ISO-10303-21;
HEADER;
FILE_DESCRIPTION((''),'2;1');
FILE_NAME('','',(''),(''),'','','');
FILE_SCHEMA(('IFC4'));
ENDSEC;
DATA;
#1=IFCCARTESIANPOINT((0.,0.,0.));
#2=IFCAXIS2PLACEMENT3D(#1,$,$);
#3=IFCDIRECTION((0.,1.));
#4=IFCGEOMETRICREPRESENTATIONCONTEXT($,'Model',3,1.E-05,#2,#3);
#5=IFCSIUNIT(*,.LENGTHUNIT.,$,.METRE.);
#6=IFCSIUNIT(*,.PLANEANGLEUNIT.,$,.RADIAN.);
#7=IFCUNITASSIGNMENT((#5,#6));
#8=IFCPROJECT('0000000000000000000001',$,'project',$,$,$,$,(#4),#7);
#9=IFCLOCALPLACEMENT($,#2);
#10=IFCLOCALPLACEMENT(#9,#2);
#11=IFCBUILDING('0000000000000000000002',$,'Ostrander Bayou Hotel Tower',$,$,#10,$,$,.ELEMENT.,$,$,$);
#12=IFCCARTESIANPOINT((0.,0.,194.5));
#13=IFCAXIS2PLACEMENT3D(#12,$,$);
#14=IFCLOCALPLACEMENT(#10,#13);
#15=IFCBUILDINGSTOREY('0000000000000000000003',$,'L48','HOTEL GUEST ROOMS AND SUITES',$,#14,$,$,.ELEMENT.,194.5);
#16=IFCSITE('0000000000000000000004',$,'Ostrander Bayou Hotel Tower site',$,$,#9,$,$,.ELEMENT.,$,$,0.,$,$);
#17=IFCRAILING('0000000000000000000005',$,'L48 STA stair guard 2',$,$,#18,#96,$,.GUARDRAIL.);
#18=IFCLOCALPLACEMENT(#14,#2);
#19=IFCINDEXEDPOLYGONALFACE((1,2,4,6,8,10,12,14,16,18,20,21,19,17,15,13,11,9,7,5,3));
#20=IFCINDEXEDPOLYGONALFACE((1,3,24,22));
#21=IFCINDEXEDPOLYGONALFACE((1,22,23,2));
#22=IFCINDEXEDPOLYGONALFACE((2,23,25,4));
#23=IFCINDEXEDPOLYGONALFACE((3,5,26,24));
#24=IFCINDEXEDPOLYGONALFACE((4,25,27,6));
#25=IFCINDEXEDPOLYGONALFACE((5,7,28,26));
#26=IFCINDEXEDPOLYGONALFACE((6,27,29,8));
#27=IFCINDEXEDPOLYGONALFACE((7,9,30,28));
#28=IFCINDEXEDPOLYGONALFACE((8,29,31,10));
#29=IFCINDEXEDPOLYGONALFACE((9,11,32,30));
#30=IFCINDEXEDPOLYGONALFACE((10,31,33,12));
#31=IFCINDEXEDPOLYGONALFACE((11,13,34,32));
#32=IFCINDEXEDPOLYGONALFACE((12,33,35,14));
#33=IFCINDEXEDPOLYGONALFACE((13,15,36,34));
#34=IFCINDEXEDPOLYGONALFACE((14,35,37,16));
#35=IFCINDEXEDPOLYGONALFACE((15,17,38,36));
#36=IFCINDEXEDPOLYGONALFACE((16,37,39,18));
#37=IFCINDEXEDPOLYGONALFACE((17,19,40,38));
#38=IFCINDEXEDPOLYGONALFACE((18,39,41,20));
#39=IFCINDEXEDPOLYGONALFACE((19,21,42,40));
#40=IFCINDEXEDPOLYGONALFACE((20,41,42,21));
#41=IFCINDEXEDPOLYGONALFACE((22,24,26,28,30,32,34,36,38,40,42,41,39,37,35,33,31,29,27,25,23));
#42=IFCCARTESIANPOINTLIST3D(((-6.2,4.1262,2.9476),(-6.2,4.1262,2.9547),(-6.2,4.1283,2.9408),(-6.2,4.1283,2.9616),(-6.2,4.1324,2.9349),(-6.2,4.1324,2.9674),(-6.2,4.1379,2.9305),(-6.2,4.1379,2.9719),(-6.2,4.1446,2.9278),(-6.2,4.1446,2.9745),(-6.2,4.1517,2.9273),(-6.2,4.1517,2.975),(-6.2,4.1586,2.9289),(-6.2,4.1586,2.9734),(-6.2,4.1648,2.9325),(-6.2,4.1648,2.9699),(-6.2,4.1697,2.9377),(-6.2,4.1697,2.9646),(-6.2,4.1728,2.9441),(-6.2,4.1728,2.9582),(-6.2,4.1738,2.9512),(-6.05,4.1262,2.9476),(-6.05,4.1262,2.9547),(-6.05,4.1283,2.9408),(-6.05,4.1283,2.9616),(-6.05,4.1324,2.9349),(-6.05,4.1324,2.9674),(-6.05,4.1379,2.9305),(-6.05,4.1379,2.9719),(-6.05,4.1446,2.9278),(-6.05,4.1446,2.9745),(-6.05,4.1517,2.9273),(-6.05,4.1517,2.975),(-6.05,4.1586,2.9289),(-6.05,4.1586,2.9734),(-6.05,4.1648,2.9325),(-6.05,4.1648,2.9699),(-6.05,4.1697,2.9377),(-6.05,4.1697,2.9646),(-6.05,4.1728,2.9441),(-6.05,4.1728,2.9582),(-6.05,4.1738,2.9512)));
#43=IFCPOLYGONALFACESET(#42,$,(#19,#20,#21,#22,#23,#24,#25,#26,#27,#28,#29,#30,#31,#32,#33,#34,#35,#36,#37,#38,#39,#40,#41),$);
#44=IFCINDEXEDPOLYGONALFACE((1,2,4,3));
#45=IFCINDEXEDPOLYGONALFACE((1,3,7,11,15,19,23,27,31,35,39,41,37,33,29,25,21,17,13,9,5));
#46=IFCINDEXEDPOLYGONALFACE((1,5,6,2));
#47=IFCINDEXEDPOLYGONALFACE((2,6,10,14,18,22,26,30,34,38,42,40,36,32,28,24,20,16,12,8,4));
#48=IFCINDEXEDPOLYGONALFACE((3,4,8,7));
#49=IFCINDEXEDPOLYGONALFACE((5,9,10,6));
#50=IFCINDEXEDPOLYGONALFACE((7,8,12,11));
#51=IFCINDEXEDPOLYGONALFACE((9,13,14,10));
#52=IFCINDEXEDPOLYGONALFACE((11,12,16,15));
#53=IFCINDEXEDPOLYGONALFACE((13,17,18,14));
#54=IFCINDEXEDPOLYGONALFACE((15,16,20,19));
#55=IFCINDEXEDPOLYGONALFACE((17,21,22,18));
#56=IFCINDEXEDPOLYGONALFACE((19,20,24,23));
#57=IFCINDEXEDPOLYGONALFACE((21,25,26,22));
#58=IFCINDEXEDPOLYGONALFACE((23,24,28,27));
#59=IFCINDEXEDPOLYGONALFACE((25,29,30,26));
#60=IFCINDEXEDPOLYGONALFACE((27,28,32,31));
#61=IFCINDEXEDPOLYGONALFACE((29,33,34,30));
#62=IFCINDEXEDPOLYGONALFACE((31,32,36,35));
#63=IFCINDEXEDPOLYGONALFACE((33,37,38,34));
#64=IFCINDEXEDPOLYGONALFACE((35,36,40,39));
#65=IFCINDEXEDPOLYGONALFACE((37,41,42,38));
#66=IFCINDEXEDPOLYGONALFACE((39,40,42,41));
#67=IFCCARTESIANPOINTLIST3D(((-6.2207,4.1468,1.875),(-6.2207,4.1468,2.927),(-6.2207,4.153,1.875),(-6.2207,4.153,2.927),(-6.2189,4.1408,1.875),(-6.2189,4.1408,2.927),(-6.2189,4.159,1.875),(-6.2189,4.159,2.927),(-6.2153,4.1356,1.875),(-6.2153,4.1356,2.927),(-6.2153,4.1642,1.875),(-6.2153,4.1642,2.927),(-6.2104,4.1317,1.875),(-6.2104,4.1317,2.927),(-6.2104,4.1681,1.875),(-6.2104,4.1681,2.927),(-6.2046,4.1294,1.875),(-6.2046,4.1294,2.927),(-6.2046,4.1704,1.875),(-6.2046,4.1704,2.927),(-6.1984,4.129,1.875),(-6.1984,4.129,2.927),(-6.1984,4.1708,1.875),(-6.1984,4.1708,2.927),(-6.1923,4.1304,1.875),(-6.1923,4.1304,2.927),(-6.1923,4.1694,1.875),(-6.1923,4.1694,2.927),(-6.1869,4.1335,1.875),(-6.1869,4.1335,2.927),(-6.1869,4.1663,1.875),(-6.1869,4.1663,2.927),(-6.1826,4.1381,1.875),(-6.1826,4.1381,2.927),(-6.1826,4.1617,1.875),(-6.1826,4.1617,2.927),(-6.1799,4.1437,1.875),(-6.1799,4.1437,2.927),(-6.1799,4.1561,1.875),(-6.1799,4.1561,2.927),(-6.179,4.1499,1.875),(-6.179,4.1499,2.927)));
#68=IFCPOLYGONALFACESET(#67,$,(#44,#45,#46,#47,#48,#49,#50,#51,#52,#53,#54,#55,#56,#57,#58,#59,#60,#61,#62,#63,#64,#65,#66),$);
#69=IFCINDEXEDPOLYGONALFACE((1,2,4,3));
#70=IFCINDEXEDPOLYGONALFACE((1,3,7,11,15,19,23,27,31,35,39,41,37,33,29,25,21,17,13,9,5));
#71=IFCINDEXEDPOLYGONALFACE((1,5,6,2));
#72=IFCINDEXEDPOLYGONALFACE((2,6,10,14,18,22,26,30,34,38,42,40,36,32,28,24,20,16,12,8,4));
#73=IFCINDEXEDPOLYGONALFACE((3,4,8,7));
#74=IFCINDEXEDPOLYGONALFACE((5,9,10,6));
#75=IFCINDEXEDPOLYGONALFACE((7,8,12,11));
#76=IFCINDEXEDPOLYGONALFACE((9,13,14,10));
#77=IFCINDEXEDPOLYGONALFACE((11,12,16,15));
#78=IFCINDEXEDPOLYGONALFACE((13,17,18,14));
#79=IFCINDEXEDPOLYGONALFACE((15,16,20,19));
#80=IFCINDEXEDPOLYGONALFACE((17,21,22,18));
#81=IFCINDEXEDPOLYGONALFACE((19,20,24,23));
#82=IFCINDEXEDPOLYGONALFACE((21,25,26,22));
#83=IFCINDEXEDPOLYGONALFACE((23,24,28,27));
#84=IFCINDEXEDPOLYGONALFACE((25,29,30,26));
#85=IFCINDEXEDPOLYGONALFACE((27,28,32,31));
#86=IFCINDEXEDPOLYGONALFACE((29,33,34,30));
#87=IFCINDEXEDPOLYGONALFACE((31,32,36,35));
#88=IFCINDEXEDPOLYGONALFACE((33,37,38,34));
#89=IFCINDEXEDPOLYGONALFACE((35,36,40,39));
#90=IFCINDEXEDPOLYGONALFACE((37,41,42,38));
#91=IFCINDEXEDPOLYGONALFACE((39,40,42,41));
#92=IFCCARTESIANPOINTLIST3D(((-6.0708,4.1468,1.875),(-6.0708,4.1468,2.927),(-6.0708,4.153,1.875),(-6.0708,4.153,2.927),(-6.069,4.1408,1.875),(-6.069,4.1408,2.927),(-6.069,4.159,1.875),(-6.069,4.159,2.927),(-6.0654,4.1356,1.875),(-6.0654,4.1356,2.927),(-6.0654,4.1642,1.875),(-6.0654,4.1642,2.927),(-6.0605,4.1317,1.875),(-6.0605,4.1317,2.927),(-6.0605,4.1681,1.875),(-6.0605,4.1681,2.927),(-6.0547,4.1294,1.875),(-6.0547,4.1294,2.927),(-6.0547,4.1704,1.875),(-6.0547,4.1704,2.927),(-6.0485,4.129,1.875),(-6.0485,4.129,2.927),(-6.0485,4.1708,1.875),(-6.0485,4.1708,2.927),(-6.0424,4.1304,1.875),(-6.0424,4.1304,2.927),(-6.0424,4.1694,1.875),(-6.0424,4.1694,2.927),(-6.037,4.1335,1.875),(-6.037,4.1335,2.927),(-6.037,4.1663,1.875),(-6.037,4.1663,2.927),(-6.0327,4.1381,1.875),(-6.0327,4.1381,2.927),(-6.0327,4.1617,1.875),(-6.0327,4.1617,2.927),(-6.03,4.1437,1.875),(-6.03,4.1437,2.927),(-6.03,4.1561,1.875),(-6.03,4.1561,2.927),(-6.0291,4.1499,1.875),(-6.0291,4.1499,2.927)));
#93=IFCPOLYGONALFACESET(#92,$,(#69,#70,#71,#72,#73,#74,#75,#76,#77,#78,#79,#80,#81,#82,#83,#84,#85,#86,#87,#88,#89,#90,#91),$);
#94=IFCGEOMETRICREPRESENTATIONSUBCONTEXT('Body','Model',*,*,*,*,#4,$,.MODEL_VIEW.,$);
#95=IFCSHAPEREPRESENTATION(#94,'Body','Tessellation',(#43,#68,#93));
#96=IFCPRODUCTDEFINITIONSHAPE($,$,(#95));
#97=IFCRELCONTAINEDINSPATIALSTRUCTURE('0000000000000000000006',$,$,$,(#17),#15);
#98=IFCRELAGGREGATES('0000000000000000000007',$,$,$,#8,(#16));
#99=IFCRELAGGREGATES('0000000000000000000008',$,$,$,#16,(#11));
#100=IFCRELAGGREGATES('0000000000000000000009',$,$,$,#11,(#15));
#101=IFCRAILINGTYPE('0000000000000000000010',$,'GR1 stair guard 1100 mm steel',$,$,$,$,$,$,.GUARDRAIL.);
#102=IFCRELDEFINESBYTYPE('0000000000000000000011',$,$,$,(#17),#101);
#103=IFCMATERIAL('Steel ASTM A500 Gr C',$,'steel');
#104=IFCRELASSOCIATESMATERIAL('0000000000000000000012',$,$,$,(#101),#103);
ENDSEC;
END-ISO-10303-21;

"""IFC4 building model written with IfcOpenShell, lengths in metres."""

from ifc_helpers import new_model, si_unit, direction, frame, origin, origin_2d, place, context, subcontext, project, spatial, circle, extrude, material, type_object, element, save


model = new_model("IFC4")

# Units and contexts
model_context = context("Model", 3, precision=1e-05, world=origin(), true_north=direction((0.0, 1.0)))
body_context = subcontext(model_context, "Body", "Model", "MODEL_VIEW")
ifc_project = project(units=[si_unit("LENGTHUNIT", "METRE"), si_unit("PLANEANGLEUNIT", "RADIAN")], contexts=[model_context])

# Site, building, storey
site_placement = place(None, origin())
site = spatial("IfcSite", under=ifc_project, at=site_placement, Name="Ostrander Bayou Hotel Tower site", CompositionType="ELEMENT", RefElevation=0.0)
building_placement = place(site_placement, origin())
building = spatial("IfcBuilding", under=site, at=building_placement, Name="Ostrander Bayou Hotel Tower", CompositionType="ELEMENT")
storey_placement = place(building_placement, frame((0.0, 0.0, 194.5)))
storey = spatial("IfcBuildingStorey", under=building, at=storey_placement, Name="L48", Description="HOTEL GUEST ROOMS AND SUITES", CompositionType="ELEMENT", Elevation=194.5)

# Railing
ifc_material_1 = material(Name="Steel ASTM A500 Gr C", Category="steel")
railing_type_1 = type_object("IfcRailingType", Name="GR1 stair guard 1100 mm steel", PredefinedType="GUARDRAIL", material=ifc_material_1)
railing_1_placement = place(storey_placement, frame((-6.2, 4.1499, 1.875)))
element("IfcRailing", 1, at=railing_1_placement, inside=storey, type_object=railing_type_1, Name="L48 STA stair guard 2", PredefinedType="GUARDRAIL", context=body_context, shape_type="SweptSolid", body=[
    extrude(circle(Radius=0.0239, at=origin_2d()), frame((0.0, 0.0, 1.0762), z_axis=(1.0, 0.0, 0.0), x_axis=(0.0, 1.0, 0.0)), (0.0, 0.0, 1.0), 0.1499),
    extrude(circle(Radius=0.021, at=origin_2d()), origin(), (0.0, 0.0, 1.0), 1.052),
    extrude(circle(Radius=0.021, at=origin_2d()), frame((0.1499, 0.0, 0.0)), (0.0, 0.0, 1.0), 1.052),
])

save(model, "model.ifc")
